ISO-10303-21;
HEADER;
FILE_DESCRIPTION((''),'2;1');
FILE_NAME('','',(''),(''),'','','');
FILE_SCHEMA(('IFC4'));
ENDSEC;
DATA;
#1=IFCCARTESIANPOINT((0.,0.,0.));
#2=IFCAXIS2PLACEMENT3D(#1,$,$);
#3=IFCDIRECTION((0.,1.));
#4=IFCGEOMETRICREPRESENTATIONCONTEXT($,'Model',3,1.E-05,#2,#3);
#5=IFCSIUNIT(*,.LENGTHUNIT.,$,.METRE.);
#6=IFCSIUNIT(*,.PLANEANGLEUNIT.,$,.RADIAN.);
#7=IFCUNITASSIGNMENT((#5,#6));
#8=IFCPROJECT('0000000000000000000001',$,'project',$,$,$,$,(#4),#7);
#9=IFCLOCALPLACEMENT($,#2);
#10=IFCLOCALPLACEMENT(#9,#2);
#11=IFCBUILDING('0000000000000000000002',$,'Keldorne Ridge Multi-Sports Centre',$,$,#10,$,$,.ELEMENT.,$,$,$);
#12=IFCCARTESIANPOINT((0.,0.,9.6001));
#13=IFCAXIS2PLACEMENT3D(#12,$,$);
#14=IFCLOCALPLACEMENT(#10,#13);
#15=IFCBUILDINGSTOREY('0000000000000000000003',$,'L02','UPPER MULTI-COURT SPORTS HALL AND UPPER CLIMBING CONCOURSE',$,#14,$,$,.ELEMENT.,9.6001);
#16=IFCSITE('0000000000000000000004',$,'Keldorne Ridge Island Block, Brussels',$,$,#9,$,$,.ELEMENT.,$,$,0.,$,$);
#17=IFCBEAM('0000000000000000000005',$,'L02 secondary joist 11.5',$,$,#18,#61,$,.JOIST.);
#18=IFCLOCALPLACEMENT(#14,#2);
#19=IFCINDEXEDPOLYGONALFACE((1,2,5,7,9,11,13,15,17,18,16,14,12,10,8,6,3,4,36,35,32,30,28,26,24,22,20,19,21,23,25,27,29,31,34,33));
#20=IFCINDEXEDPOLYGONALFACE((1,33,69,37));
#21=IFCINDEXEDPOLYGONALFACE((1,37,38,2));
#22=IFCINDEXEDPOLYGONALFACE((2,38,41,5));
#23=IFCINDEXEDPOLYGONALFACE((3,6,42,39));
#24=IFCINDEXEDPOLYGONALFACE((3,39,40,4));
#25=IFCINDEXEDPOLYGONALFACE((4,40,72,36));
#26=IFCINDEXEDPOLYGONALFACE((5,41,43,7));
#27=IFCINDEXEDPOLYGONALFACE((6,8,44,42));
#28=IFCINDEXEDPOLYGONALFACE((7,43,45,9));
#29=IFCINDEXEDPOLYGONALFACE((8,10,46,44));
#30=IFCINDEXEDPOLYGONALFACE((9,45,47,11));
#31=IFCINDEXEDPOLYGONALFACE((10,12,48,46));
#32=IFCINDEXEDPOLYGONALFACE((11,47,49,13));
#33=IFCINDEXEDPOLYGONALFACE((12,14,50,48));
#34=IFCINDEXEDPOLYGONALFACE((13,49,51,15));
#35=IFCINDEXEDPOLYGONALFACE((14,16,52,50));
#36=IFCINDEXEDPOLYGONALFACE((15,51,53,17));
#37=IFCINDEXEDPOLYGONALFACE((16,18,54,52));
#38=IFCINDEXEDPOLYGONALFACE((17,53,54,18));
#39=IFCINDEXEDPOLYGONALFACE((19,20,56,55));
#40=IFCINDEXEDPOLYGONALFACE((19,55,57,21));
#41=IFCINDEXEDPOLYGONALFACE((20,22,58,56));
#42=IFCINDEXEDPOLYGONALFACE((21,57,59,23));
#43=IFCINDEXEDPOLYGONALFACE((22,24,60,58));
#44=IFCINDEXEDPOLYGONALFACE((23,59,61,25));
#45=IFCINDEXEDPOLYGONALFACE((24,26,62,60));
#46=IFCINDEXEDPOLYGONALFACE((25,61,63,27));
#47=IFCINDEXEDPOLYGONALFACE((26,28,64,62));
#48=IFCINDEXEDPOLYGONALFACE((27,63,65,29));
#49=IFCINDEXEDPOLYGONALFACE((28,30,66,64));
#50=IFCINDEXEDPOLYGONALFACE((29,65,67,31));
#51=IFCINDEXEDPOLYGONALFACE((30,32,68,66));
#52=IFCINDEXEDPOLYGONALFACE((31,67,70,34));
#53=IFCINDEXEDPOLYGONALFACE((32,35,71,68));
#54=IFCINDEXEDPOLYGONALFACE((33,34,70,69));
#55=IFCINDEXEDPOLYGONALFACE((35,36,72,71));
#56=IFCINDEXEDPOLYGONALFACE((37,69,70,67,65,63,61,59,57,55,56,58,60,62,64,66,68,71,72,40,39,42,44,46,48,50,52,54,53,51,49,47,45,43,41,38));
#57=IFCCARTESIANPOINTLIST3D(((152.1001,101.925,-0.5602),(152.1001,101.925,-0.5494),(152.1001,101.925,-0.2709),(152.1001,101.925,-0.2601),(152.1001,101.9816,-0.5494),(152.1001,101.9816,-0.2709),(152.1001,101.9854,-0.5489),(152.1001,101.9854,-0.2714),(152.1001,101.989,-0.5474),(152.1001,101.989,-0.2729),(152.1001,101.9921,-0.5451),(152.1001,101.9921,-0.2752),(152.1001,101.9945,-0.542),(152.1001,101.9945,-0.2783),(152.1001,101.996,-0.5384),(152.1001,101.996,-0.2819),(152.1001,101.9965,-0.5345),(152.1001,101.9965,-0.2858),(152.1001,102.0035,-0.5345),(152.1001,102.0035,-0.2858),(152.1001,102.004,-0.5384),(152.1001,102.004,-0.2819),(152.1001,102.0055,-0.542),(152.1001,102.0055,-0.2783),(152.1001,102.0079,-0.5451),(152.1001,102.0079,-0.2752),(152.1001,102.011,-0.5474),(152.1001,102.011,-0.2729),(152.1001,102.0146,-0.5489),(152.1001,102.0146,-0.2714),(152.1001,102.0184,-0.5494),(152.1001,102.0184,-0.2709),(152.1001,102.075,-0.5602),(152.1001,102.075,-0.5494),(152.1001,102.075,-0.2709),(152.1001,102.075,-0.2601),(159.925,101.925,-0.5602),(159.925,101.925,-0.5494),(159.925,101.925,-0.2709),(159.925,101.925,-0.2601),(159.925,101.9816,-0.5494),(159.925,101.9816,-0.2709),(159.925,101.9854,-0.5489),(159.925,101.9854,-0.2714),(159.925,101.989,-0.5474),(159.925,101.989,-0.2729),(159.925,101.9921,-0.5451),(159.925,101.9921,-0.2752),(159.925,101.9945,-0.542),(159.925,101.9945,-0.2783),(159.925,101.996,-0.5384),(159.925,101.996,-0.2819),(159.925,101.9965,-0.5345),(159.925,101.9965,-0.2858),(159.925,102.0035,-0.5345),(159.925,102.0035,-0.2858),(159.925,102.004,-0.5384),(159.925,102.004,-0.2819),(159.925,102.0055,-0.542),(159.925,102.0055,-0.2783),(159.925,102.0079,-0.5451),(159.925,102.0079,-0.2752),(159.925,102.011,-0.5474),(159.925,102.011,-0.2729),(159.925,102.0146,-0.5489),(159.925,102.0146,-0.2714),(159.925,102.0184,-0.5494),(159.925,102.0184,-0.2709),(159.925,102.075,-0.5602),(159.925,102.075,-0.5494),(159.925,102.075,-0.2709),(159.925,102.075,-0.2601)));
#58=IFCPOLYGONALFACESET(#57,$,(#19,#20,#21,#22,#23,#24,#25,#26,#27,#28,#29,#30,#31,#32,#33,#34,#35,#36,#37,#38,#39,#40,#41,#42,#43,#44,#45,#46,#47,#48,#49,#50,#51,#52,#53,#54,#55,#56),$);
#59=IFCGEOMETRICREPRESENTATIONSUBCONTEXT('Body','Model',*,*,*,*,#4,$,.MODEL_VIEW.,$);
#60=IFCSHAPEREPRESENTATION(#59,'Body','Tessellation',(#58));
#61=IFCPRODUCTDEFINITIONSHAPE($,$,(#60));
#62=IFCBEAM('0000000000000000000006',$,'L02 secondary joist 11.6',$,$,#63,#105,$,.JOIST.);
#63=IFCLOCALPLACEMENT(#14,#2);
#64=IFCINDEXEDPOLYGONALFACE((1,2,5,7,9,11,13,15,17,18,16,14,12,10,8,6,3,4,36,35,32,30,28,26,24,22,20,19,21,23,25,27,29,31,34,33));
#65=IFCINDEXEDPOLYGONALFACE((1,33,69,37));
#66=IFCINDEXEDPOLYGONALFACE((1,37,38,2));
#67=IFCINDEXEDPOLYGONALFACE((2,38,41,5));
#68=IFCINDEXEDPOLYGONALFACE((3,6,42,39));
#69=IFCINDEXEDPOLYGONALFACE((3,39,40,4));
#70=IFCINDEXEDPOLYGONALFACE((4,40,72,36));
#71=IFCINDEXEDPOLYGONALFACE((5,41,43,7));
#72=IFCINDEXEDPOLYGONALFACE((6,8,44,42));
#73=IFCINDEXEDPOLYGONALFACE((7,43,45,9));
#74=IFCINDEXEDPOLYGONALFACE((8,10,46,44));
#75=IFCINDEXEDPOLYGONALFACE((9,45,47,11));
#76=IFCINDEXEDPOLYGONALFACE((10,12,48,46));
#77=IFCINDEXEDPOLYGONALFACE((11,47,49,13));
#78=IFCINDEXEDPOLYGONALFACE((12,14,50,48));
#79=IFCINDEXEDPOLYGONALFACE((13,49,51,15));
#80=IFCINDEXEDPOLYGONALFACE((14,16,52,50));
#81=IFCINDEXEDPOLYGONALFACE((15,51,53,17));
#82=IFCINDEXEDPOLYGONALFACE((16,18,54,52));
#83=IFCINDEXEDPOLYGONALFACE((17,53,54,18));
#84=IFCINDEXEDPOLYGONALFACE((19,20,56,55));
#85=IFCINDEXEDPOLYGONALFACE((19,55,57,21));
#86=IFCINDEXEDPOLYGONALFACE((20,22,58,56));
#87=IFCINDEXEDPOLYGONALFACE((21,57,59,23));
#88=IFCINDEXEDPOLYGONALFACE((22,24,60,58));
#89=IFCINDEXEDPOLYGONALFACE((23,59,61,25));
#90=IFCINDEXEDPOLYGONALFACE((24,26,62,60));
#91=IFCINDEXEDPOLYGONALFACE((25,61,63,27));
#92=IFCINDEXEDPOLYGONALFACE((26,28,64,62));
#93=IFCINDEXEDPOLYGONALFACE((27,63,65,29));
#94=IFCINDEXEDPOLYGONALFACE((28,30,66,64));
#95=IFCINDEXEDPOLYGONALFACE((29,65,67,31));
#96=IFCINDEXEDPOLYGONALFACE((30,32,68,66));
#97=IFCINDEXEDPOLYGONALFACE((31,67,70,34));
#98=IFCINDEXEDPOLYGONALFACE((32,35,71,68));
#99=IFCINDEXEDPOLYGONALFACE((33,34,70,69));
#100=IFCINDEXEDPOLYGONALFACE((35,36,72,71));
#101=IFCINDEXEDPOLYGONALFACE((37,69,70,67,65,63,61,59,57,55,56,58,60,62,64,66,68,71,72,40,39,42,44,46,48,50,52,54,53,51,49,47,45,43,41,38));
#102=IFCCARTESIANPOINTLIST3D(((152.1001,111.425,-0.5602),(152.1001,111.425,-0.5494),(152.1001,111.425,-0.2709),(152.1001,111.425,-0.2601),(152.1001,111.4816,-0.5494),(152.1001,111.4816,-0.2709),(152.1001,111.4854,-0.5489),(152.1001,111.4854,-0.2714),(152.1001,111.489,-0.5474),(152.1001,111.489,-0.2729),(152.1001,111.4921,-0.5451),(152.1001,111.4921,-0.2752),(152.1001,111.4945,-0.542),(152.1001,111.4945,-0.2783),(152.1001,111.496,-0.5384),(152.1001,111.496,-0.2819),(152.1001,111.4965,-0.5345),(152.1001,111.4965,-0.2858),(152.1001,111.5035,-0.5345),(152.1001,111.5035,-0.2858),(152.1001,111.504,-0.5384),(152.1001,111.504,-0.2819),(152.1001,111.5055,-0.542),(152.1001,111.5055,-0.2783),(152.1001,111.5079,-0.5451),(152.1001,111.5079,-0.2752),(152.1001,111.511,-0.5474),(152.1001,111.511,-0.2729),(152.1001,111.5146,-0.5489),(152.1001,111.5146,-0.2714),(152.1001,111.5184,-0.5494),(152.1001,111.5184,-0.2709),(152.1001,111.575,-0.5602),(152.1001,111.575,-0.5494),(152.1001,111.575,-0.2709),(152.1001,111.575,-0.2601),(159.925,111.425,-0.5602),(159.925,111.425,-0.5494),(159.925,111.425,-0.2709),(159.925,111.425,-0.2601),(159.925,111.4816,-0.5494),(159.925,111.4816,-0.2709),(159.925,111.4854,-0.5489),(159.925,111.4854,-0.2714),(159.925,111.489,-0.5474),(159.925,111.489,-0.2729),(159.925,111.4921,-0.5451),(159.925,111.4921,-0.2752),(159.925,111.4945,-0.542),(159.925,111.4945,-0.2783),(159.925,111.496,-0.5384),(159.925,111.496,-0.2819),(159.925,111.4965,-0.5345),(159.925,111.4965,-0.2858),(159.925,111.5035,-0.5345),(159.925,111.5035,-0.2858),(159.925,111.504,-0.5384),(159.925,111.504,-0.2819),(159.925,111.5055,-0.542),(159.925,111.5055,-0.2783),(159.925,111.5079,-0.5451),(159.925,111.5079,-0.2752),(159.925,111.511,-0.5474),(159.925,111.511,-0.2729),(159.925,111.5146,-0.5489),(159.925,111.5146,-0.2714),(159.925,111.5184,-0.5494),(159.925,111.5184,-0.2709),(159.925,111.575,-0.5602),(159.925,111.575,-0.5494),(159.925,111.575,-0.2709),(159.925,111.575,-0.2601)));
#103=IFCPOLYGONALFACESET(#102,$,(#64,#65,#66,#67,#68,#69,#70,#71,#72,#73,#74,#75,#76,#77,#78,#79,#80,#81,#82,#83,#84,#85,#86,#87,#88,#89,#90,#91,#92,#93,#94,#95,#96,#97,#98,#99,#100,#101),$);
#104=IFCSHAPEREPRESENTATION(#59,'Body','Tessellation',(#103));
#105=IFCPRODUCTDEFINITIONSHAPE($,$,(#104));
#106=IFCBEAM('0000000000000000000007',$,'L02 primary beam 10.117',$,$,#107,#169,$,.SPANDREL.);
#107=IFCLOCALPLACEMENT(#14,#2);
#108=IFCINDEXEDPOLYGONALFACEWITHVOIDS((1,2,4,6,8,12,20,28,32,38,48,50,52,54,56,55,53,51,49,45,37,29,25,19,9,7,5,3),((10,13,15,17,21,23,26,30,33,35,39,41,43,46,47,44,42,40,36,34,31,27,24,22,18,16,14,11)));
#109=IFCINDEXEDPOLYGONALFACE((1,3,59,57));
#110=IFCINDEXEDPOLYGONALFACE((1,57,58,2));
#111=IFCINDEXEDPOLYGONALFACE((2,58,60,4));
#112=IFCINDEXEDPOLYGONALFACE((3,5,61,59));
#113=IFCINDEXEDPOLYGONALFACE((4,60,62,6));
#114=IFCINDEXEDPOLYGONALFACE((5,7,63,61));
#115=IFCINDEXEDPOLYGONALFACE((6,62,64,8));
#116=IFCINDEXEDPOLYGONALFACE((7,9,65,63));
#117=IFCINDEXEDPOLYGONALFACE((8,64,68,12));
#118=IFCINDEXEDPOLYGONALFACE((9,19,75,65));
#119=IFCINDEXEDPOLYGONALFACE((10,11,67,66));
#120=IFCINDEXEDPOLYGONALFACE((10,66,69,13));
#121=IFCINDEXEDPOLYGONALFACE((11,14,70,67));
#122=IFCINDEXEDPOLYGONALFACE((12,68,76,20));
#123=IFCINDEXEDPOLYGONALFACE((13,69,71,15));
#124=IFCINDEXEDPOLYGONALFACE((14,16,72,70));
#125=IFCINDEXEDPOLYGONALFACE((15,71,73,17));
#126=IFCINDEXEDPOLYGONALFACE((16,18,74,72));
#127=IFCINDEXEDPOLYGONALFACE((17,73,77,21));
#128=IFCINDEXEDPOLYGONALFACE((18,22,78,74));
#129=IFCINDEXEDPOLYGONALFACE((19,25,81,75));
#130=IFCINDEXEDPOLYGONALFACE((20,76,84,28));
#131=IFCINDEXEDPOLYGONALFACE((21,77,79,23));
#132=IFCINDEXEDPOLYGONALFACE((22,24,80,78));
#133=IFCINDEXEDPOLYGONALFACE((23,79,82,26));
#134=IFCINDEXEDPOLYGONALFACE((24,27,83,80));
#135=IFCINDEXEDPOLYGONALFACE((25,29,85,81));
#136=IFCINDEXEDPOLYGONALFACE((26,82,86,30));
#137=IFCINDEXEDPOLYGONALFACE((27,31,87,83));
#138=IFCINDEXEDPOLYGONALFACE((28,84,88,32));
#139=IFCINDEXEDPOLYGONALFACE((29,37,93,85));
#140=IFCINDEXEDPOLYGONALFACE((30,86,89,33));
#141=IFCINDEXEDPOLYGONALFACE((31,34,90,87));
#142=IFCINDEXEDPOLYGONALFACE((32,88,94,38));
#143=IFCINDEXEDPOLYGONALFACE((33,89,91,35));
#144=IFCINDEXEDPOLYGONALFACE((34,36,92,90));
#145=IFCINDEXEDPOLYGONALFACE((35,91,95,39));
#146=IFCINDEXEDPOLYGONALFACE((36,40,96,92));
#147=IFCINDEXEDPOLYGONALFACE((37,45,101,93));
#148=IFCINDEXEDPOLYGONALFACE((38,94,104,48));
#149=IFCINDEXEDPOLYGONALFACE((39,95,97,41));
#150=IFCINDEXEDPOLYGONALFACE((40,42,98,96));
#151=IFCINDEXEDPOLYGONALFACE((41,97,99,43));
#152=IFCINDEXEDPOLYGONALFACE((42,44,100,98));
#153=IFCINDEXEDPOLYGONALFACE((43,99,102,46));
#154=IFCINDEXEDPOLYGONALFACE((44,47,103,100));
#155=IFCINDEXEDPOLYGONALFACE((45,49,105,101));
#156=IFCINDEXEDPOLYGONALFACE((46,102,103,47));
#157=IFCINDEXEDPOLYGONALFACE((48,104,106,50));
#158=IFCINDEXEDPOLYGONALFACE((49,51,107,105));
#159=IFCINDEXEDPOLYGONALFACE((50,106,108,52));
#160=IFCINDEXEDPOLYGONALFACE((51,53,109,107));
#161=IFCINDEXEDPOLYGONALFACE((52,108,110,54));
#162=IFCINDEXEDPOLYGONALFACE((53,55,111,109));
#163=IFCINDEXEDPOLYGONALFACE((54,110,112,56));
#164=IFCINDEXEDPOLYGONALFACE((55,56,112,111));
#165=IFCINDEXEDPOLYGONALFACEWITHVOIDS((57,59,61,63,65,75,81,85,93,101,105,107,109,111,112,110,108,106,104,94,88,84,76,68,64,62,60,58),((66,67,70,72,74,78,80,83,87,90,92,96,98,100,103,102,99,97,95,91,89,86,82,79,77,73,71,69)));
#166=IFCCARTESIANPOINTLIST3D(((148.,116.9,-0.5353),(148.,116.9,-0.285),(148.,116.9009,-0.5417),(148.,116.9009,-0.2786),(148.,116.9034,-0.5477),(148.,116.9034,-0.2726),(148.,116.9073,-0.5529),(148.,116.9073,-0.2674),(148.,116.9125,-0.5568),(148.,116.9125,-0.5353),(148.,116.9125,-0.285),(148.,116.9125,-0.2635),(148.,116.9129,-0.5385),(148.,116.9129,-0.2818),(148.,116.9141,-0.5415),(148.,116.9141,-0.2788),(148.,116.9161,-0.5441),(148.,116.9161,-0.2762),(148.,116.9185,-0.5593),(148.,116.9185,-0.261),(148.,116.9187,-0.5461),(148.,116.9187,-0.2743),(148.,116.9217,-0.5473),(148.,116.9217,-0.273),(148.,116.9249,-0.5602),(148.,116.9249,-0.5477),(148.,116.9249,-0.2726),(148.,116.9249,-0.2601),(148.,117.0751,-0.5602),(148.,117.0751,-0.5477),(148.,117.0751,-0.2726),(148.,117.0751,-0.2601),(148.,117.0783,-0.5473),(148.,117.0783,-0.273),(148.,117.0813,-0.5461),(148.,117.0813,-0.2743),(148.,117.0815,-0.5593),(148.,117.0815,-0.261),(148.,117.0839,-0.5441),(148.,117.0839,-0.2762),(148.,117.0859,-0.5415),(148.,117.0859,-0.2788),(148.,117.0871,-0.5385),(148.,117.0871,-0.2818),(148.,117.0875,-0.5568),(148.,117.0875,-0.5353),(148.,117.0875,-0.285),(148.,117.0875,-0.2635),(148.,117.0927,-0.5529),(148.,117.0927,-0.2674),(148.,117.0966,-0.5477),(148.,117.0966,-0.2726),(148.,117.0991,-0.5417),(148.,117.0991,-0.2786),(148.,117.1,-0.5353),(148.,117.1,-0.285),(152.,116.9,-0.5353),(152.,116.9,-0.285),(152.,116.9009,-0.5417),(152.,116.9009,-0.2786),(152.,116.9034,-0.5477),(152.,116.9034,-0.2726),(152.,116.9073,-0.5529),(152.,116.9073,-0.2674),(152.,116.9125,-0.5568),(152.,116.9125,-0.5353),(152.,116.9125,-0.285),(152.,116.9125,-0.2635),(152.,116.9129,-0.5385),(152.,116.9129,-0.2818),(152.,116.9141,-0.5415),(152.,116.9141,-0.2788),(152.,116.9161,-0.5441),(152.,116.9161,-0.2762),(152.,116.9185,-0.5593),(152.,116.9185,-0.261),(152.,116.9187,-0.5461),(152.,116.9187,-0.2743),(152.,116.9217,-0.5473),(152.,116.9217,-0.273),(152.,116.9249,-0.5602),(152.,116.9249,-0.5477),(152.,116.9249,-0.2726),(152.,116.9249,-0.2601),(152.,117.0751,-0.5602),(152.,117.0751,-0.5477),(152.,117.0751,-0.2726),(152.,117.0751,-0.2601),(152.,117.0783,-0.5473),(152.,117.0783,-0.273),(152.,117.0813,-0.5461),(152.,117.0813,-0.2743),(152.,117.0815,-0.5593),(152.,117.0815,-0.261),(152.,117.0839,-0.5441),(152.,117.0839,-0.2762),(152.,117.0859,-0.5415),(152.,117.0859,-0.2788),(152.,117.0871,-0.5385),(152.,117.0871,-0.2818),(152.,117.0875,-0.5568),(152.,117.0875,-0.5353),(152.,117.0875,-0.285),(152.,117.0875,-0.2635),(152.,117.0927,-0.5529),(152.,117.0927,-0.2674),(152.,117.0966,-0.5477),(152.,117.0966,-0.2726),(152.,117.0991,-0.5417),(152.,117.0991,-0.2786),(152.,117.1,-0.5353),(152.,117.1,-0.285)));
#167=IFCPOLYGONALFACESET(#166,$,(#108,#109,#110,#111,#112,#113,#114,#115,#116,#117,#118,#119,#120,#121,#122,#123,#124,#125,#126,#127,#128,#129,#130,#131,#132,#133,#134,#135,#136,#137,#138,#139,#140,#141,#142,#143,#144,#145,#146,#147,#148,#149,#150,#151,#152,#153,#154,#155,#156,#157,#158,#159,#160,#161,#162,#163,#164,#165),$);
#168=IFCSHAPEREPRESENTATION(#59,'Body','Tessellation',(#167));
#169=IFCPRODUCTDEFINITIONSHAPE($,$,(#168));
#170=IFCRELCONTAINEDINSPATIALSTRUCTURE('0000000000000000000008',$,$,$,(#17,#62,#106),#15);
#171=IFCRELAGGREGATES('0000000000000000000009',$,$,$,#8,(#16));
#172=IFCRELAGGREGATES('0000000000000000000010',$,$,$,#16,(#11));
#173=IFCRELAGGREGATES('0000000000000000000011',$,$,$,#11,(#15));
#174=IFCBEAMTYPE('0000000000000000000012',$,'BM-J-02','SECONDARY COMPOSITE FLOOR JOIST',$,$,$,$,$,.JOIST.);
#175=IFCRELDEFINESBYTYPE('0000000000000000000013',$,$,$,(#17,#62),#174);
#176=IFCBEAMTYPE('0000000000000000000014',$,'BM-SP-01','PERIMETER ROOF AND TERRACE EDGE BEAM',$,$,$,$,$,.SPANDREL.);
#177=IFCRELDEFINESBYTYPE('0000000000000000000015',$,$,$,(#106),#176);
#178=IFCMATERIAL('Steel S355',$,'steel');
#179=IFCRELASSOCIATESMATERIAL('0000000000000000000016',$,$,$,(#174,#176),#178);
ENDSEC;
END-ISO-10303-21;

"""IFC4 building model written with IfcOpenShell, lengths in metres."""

from ifc_helpers import new_model, si_unit, direction, frame, origin, origin_2d, place, context, subcontext, project, spatial, hollow_rectangle, i_section, extrude, material, material_profile, profile_set, type_object, element, save


model = new_model("IFC4")

# Units and contexts
model_context = context("Model", 3, precision=1e-05, world=origin(), true_north=direction((0.0, 1.0)))
body_context = subcontext(model_context, "Body", "Model", "MODEL_VIEW")
ifc_project = project(units=[si_unit("LENGTHUNIT", "METRE"), si_unit("PLANEANGLEUNIT", "RADIAN")], contexts=[model_context])

# Site, building, storey
site_placement = place(None, origin())
site = spatial("IfcSite", under=ifc_project, at=site_placement, Name="Keldorne Ridge Island Block, Brussels", CompositionType="ELEMENT", RefElevation=0.0)
building_placement = place(site_placement, origin())
building = spatial("IfcBuilding", under=site, at=building_placement, Name="Keldorne Ridge Multi-Sports Centre", CompositionType="ELEMENT")
storey_placement = place(building_placement, frame((0.0, 0.0, 9.6001)))
storey = spatial("IfcBuildingStorey", under=building, at=storey_placement, Name="L02", Description="UPPER MULTI-COURT SPORTS HALL AND UPPER CLIMBING CONCOURSE", CompositionType="ELEMENT", Elevation=9.6001)

# Shared definitions
ifc_material_1 = material(Name="Steel S355", Category="steel")

# Beams
ifc_material_profile_1 = material_profile(ifc_material_1, i_section(OverallWidth=0.1499, OverallDepth=0.3, WebThickness=0.0071, FlangeThickness=0.0107, FilletRadius=0.0149, at=origin_2d()), Name="IPE 300")
ifc_profile_set_1 = profile_set([ifc_material_profile_1], Name="Steel S355")
beam_type_1 = type_object("IfcBeamType", Name="BM-J-02", Description="SECONDARY COMPOSITE FLOOR JOIST", PredefinedType="JOIST", material=ifc_profile_set_1)
for number, where, z_axis, x_axis, name in (
    (1, (152.1001, 102.0, -0.4102), (1.0, 0.0, 0.0), (0.0, 1.0, 0.0), "L02 secondary joist 11.5"),
    (2, (152.1001, 111.5, -0.4102), (1.0, 0.0, 0.0), (0.0, 1.0, 0.0), "L02 secondary joist 11.6"),
):
    element("IfcBeam", number, at=place(storey_placement, frame(where, z_axis=z_axis, x_axis=x_axis)), inside=storey, type_object=beam_type_1, Name=name, PredefinedType="JOIST", context=body_context, shape_type="SweptSolid", body=[
        extrude(i_section(OverallWidth=0.1499, OverallDepth=0.3, WebThickness=0.0071, FlangeThickness=0.0107, FilletRadius=0.0149, at=origin_2d()), origin(), (0.0, 0.0, 1.0), 7.825),
    ])
ifc_material_profile_2 = material_profile(ifc_material_1, hollow_rectangle(XDim=0.2, YDim=0.3, WallThickness=0.0125, InnerFilletRadius=0.0125, OuterFilletRadius=0.0249, at=origin_2d()), Name="RHS 300x200x12.5")
ifc_profile_set_2 = profile_set([ifc_material_profile_2], Name="Steel S355")
beam_type_2 = type_object("IfcBeamType", Name="BM-SP-01", Description="PERIMETER ROOF AND TERRACE EDGE BEAM", PredefinedType="SPANDREL", material=ifc_profile_set_2)
beam_1_placement = place(storey_placement, frame((148.0, 117.0, -0.4102), z_axis=(1.0, 0.0, 0.0), x_axis=(0.0, 1.0, 0.0)))
element("IfcBeam", 3, at=beam_1_placement, inside=storey, type_object=beam_type_2, Name="L02 primary beam 10.117", PredefinedType="SPANDREL", context=body_context, shape_type="SweptSolid", body=[
    extrude(hollow_rectangle(XDim=0.2, YDim=0.3, WallThickness=0.0125, InnerFilletRadius=0.0125, OuterFilletRadius=0.0249, at=origin_2d()), origin(), (0.0, 0.0, 1.0), 4.0),
])

save(model, "model.ifc")
